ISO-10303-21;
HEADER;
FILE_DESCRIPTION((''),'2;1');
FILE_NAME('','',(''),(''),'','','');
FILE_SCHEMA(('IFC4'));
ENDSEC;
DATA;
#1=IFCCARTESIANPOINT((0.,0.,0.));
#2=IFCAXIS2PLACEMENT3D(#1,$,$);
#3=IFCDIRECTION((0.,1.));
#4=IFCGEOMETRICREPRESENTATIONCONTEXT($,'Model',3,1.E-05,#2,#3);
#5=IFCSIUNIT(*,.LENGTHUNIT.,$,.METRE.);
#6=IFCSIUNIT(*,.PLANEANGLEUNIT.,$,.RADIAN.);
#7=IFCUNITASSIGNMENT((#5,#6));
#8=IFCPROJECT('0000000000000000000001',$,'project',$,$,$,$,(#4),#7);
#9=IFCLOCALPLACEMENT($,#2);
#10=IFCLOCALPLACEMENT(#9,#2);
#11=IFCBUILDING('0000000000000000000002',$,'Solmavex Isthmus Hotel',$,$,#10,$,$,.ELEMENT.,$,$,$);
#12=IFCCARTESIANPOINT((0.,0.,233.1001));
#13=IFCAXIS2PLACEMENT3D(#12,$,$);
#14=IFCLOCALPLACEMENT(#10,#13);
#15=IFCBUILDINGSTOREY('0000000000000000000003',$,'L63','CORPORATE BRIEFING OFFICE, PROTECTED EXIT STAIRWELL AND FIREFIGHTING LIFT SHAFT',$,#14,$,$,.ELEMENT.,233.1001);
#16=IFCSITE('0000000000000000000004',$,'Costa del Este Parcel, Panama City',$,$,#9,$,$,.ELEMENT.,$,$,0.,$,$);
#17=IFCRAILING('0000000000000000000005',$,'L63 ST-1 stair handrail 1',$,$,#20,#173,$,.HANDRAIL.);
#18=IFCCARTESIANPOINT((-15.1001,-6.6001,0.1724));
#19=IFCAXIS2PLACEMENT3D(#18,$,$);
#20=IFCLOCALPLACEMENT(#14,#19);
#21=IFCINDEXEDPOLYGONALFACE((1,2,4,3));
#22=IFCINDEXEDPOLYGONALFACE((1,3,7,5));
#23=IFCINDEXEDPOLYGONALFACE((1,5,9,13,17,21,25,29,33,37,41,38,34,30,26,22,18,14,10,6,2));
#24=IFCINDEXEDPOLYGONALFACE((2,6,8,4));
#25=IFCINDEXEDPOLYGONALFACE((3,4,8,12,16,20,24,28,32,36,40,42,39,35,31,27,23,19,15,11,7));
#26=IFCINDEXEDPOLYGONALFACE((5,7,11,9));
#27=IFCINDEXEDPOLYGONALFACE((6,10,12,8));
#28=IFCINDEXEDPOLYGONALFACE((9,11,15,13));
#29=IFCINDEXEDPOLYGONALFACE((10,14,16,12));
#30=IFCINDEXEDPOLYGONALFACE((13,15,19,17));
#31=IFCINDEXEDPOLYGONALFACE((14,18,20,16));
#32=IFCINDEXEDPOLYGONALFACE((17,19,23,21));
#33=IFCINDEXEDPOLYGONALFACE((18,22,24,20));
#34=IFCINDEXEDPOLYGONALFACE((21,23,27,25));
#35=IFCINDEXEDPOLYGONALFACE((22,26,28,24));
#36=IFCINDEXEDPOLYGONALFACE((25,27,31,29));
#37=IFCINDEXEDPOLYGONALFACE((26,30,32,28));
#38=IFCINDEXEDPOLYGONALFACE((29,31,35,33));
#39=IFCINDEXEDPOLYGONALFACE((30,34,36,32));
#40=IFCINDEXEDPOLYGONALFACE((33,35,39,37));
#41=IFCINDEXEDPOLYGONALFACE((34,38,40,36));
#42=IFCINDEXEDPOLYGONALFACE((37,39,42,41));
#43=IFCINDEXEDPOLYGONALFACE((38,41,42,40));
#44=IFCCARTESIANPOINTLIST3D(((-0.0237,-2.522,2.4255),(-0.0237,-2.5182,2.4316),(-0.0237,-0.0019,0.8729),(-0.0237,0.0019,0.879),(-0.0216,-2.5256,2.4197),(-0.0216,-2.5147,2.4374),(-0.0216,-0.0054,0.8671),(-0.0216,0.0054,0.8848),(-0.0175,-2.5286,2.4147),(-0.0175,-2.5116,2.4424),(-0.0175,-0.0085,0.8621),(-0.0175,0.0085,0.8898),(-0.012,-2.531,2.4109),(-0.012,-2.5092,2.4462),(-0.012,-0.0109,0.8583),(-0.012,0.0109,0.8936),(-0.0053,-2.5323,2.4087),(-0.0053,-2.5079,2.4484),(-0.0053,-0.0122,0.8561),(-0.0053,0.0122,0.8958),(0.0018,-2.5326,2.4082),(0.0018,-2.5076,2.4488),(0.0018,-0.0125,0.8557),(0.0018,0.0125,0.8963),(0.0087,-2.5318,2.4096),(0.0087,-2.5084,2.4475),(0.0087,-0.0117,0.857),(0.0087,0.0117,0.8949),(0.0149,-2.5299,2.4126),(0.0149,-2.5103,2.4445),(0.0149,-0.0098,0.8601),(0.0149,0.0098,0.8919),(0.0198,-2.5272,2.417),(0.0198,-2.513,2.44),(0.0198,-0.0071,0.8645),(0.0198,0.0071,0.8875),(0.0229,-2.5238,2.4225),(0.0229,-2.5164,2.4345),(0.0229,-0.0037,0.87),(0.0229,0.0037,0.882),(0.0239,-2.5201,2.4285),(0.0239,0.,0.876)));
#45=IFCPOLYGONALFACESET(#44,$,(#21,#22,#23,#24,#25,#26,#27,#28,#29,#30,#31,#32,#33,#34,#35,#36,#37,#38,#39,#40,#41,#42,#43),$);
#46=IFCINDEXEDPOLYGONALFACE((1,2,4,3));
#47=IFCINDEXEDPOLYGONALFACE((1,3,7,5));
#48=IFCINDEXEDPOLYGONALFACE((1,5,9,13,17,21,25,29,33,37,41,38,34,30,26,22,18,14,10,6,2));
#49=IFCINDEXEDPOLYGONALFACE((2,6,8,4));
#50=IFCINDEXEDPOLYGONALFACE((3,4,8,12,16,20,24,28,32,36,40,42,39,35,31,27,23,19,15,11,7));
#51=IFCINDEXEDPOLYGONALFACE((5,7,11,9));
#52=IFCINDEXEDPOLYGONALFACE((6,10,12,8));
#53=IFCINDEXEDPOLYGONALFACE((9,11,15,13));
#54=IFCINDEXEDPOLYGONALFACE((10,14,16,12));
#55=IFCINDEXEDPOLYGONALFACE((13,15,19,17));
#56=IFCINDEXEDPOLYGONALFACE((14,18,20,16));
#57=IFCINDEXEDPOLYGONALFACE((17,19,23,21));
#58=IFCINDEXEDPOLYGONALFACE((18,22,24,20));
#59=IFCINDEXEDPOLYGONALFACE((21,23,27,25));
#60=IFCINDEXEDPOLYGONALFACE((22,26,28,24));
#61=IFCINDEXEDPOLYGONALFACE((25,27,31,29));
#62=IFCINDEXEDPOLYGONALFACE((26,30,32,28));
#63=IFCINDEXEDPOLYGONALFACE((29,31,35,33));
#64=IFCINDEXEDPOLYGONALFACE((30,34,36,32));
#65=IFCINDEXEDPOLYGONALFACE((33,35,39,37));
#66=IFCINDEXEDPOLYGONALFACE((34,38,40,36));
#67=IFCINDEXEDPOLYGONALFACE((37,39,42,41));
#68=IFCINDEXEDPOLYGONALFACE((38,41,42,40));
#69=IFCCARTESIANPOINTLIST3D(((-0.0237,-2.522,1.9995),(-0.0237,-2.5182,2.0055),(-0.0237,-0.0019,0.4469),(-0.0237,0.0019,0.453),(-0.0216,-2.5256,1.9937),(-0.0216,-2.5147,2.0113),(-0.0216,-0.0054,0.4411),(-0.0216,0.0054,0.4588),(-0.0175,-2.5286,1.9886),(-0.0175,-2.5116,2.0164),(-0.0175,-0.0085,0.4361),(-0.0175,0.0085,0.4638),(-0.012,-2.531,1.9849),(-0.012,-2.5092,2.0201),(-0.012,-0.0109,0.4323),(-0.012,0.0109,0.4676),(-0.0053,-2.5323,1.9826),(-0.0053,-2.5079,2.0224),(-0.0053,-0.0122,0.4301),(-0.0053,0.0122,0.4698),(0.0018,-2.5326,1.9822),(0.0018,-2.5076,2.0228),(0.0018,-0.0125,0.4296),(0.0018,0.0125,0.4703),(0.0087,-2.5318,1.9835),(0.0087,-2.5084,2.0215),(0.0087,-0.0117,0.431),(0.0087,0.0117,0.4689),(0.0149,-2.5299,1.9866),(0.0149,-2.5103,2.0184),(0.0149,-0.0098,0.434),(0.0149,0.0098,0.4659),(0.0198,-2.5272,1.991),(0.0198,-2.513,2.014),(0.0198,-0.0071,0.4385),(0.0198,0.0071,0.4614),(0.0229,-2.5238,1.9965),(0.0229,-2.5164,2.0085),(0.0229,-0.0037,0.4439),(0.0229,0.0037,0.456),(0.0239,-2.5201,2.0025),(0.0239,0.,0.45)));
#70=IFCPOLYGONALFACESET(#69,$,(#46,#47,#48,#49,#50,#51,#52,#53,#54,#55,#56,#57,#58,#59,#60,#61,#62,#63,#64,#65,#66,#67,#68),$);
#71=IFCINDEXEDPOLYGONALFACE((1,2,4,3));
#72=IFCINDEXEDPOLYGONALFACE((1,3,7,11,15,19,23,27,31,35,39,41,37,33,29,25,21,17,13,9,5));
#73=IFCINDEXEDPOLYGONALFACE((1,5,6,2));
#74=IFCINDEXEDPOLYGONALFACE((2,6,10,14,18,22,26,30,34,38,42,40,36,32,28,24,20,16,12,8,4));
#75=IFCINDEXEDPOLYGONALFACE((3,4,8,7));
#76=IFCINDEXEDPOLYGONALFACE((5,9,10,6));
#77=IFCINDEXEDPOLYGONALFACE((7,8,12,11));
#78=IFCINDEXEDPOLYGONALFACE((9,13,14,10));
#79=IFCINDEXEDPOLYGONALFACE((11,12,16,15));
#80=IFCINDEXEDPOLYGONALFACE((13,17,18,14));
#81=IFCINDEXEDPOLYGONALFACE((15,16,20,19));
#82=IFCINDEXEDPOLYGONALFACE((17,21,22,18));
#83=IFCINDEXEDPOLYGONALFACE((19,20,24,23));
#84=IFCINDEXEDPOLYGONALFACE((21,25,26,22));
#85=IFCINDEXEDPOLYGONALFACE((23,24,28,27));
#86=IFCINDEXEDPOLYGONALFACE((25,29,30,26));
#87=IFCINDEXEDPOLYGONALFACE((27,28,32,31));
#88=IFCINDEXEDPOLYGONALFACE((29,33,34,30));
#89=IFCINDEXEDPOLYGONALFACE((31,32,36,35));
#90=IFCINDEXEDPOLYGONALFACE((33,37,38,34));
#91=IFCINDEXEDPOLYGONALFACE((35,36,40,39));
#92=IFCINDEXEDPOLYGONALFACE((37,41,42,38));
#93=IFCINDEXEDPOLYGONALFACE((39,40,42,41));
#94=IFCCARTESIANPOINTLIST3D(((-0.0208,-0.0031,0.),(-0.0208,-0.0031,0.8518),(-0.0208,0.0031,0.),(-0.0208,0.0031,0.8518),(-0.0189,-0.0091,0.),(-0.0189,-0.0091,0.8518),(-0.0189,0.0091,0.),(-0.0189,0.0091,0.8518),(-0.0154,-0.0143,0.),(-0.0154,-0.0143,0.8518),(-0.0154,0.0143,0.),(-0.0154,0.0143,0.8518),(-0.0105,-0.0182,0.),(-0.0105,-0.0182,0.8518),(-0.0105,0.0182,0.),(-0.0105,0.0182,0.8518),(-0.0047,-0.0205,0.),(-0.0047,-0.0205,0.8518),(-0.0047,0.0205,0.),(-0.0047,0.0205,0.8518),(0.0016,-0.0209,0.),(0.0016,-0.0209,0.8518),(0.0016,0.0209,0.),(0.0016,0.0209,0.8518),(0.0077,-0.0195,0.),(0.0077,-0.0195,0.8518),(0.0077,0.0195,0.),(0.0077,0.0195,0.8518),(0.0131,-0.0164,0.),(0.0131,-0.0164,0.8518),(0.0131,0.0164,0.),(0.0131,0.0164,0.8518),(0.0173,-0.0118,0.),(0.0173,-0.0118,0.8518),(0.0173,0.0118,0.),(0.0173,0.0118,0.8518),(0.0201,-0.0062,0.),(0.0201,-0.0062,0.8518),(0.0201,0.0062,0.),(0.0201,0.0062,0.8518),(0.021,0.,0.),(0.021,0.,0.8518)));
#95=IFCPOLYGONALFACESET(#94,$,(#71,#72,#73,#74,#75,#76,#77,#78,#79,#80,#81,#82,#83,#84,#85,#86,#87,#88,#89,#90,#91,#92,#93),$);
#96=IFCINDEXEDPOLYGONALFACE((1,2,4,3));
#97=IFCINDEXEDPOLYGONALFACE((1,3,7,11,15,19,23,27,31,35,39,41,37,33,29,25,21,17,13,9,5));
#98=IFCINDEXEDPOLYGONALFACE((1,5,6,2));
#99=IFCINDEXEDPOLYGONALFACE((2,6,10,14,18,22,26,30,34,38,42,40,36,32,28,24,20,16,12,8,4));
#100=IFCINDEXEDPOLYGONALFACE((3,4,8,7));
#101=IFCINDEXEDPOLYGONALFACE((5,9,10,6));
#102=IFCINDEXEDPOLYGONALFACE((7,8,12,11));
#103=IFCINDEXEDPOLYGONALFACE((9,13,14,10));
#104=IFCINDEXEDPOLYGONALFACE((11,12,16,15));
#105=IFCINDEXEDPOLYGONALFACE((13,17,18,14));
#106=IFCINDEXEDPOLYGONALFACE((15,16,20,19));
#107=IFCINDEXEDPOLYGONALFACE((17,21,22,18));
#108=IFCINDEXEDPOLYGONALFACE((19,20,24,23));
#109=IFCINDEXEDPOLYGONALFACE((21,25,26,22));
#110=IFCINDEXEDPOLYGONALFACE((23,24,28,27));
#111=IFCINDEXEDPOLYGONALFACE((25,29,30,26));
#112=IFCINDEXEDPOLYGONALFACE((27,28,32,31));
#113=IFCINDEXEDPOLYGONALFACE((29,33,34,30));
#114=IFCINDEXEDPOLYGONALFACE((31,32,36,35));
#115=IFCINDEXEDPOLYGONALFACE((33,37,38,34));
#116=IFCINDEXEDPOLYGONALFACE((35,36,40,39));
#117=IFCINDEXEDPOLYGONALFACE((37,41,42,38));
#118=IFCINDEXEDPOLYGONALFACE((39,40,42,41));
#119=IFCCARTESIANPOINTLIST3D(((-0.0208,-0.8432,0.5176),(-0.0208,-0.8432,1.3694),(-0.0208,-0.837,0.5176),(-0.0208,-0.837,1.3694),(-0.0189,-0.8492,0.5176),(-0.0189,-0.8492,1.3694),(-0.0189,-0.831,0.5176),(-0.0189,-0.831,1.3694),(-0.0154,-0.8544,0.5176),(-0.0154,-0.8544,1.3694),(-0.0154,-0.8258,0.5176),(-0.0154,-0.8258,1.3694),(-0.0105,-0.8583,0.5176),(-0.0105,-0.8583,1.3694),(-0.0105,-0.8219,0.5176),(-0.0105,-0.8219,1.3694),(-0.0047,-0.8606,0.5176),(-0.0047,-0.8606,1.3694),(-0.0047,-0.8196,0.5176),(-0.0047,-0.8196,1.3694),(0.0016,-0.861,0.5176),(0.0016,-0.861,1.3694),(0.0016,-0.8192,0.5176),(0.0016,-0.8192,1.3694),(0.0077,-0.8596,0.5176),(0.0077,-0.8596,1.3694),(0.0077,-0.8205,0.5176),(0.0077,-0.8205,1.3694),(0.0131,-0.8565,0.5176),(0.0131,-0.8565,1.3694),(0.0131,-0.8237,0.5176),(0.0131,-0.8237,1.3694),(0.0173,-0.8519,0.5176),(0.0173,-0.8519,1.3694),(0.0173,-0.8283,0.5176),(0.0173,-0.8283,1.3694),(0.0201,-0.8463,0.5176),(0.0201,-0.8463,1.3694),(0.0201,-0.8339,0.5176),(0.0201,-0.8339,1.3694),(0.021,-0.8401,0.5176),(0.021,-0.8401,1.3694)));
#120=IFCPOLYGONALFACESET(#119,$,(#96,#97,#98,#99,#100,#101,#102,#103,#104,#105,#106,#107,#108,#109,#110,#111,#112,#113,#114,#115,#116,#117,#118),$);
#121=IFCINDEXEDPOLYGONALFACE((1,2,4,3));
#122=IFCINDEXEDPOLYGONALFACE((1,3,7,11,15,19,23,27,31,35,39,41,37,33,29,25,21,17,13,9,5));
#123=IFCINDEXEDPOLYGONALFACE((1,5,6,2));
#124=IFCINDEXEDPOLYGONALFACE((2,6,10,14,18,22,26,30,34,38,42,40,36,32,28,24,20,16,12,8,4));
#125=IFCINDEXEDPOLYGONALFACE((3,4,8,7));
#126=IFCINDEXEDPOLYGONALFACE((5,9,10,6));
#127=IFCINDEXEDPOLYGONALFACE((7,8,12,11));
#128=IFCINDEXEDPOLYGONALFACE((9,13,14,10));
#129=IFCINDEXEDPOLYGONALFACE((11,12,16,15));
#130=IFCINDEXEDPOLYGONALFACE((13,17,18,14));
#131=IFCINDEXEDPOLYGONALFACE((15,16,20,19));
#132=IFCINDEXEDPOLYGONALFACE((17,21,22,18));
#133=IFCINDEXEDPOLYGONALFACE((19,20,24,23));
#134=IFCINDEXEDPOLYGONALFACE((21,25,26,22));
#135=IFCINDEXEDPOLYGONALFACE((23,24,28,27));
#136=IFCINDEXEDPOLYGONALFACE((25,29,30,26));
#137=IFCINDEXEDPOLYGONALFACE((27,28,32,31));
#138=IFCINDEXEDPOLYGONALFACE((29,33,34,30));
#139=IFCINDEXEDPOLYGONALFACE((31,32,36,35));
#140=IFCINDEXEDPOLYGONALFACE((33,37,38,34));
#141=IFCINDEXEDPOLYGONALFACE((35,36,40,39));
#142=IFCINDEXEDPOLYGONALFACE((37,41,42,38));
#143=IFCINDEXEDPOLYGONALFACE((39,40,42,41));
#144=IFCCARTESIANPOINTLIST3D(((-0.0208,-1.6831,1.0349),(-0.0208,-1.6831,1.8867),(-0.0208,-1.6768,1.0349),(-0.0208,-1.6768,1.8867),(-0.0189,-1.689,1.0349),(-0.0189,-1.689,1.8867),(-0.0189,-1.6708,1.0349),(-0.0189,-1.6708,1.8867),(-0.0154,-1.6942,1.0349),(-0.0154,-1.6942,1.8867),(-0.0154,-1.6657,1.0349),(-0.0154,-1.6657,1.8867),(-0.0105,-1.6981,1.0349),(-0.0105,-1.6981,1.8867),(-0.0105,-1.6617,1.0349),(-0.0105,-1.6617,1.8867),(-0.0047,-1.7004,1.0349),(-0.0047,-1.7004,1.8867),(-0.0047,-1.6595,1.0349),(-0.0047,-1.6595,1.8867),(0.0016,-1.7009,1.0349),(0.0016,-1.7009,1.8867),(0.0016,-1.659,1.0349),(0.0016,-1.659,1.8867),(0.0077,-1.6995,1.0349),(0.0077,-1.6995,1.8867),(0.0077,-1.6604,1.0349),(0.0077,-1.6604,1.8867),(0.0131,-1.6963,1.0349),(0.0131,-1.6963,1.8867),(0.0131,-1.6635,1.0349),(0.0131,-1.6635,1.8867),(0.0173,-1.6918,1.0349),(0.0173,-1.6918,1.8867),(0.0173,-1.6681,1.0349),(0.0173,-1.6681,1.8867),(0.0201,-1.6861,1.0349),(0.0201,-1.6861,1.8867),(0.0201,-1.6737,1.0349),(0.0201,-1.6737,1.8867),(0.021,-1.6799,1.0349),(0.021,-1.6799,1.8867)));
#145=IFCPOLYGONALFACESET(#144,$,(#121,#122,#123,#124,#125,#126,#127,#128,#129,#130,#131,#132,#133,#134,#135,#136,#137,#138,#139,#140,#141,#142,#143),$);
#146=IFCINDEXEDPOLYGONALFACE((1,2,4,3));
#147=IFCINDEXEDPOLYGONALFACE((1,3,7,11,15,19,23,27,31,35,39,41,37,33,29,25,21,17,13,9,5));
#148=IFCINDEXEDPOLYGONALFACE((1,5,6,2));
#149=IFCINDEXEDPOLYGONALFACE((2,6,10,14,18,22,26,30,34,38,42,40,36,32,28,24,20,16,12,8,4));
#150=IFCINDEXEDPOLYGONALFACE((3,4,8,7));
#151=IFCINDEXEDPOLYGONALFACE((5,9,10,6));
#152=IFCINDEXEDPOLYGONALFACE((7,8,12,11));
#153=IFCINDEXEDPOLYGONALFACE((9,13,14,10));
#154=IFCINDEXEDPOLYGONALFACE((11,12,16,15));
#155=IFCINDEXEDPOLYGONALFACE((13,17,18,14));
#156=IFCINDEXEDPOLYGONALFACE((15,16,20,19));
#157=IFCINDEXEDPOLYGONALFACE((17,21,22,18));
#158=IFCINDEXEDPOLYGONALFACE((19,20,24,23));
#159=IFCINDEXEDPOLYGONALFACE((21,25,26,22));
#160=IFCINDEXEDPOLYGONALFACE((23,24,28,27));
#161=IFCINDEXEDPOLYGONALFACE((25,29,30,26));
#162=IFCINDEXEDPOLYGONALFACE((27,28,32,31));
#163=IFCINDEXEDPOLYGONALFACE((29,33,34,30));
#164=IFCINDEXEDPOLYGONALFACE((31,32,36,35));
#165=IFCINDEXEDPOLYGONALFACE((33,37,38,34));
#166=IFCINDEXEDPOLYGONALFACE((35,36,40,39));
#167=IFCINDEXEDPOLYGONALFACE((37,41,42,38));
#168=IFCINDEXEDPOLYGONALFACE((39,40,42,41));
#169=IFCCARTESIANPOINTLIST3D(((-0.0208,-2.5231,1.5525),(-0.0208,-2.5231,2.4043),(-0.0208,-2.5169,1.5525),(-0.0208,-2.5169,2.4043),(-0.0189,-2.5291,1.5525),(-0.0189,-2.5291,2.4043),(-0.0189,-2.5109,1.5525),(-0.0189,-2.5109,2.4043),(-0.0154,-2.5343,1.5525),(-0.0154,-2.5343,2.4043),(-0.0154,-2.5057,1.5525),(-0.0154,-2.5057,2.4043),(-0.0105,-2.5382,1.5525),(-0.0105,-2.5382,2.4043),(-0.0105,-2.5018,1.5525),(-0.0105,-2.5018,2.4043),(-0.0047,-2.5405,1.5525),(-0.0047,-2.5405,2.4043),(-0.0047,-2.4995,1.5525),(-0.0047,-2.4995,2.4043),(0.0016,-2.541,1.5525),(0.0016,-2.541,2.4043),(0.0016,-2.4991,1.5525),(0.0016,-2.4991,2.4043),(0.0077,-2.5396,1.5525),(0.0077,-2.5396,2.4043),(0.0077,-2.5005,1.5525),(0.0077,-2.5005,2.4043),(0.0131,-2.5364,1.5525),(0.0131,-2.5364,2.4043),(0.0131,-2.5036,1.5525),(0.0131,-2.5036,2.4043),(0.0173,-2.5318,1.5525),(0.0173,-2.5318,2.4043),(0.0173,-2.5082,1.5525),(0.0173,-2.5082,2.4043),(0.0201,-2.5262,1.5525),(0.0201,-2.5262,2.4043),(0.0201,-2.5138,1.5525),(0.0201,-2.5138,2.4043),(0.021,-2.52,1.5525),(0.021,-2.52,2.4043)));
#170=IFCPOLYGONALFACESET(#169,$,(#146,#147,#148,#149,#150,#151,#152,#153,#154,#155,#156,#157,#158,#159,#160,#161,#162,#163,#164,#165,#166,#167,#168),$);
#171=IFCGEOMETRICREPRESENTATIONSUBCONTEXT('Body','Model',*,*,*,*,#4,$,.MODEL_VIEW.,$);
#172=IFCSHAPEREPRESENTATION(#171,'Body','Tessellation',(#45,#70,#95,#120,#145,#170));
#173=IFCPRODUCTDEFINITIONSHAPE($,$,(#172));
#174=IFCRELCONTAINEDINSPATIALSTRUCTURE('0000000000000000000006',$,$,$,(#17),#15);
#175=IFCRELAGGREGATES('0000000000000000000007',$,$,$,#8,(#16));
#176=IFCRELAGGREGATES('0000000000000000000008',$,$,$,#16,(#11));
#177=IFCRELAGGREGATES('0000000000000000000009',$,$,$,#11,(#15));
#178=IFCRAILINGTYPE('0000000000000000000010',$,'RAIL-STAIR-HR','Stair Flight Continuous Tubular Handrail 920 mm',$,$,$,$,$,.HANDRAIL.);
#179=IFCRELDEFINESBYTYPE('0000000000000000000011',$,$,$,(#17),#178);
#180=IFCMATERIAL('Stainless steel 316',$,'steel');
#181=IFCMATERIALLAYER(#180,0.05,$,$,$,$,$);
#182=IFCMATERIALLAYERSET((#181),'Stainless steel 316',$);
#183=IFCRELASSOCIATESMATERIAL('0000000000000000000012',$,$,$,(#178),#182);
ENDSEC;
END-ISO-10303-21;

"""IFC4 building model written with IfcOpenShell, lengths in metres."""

from ifc_helpers import new_model, si_unit, direction, frame, origin, origin_2d, place, context, subcontext, project, spatial, circle, extrude, material, layer, layer_set, type_object, element, save


model = new_model("IFC4")

# Units and contexts
model_context = context("Model", 3, precision=1e-05, world=origin(), true_north=direction((0.0, 1.0)))
body_context = subcontext(model_context, "Body", "Model", "MODEL_VIEW")
ifc_project = project(units=[si_unit("LENGTHUNIT", "METRE"), si_unit("PLANEANGLEUNIT", "RADIAN")], contexts=[model_context])

# Site, building, storey
site_placement = place(None, origin())
site = spatial("IfcSite", under=ifc_project, at=site_placement, Name="Costa del Este Parcel, Panama City", CompositionType="ELEMENT", RefElevation=0.0)
building_placement = place(site_placement, origin())
building = spatial("IfcBuilding", under=site, at=building_placement, Name="Solmavex Isthmus Hotel", CompositionType="ELEMENT")
storey_placement = place(building_placement, frame((0.0, 0.0, 233.1001)))
storey = spatial("IfcBuildingStorey", under=building, at=storey_placement, Name="L63", Description="CORPORATE BRIEFING OFFICE, PROTECTED EXIT STAIRWELL AND FIREFIGHTING LIFT SHAFT", CompositionType="ELEMENT", Elevation=233.1001)

# Railing
ifc_material_1 = material(Name="Stainless steel 316", Category="steel")
ifc_layer_1 = layer(ifc_material_1, 0.05)
ifc_layer_set_1 = layer_set([ifc_layer_1], Name="Stainless steel 316")
railing_type_1 = type_object("IfcRailingType", Name="RAIL-STAIR-HR", Description="Stair Flight Continuous Tubular Handrail 920 mm", PredefinedType="HANDRAIL", material=ifc_layer_set_1)
railing_1_placement = place(storey_placement, frame((-15.1001, -6.6001, 0.1724)))
element("IfcRailing", 1, at=railing_1_placement, inside=storey, type_object=railing_type_1, Name="L63 ST-1 stair handrail 1", PredefinedType="HANDRAIL", context=body_context, shape_type="SweptSolid", body=[
    extrude(circle(Radius=0.0239, at=origin_2d()), frame((0.0, 0.0, 0.876), z_axis=(0.0, -0.8514, 0.524516), x_axis=(1.0, 0.0, 0.0)), (0.0, 0.0, 1.0), 2.96),
    extrude(circle(Radius=0.0239, at=origin_2d()), frame((0.0, 0.0, 0.45), z_axis=(0.0, -0.8514, 0.524516), x_axis=(1.0, 0.0, 0.0)), (0.0, 0.0, 1.0), 2.96),
    extrude(circle(Radius=0.021, at=origin_2d()), origin(), (0.0, 0.0, 1.0), 0.8518),
    extrude(circle(Radius=0.021, at=origin_2d()), frame((0.0, -0.8401, 0.5176)), (0.0, 0.0, 1.0), 0.8518),
    extrude(circle(Radius=0.021, at=origin_2d()), frame((0.0, -1.6799, 1.0349)), (0.0, 0.0, 1.0), 0.8518),
    extrude(circle(Radius=0.021, at=origin_2d()), frame((0.0, -2.52, 1.5525)), (0.0, 0.0, 1.0), 0.8518),
])

save(model, "model.ifc")
